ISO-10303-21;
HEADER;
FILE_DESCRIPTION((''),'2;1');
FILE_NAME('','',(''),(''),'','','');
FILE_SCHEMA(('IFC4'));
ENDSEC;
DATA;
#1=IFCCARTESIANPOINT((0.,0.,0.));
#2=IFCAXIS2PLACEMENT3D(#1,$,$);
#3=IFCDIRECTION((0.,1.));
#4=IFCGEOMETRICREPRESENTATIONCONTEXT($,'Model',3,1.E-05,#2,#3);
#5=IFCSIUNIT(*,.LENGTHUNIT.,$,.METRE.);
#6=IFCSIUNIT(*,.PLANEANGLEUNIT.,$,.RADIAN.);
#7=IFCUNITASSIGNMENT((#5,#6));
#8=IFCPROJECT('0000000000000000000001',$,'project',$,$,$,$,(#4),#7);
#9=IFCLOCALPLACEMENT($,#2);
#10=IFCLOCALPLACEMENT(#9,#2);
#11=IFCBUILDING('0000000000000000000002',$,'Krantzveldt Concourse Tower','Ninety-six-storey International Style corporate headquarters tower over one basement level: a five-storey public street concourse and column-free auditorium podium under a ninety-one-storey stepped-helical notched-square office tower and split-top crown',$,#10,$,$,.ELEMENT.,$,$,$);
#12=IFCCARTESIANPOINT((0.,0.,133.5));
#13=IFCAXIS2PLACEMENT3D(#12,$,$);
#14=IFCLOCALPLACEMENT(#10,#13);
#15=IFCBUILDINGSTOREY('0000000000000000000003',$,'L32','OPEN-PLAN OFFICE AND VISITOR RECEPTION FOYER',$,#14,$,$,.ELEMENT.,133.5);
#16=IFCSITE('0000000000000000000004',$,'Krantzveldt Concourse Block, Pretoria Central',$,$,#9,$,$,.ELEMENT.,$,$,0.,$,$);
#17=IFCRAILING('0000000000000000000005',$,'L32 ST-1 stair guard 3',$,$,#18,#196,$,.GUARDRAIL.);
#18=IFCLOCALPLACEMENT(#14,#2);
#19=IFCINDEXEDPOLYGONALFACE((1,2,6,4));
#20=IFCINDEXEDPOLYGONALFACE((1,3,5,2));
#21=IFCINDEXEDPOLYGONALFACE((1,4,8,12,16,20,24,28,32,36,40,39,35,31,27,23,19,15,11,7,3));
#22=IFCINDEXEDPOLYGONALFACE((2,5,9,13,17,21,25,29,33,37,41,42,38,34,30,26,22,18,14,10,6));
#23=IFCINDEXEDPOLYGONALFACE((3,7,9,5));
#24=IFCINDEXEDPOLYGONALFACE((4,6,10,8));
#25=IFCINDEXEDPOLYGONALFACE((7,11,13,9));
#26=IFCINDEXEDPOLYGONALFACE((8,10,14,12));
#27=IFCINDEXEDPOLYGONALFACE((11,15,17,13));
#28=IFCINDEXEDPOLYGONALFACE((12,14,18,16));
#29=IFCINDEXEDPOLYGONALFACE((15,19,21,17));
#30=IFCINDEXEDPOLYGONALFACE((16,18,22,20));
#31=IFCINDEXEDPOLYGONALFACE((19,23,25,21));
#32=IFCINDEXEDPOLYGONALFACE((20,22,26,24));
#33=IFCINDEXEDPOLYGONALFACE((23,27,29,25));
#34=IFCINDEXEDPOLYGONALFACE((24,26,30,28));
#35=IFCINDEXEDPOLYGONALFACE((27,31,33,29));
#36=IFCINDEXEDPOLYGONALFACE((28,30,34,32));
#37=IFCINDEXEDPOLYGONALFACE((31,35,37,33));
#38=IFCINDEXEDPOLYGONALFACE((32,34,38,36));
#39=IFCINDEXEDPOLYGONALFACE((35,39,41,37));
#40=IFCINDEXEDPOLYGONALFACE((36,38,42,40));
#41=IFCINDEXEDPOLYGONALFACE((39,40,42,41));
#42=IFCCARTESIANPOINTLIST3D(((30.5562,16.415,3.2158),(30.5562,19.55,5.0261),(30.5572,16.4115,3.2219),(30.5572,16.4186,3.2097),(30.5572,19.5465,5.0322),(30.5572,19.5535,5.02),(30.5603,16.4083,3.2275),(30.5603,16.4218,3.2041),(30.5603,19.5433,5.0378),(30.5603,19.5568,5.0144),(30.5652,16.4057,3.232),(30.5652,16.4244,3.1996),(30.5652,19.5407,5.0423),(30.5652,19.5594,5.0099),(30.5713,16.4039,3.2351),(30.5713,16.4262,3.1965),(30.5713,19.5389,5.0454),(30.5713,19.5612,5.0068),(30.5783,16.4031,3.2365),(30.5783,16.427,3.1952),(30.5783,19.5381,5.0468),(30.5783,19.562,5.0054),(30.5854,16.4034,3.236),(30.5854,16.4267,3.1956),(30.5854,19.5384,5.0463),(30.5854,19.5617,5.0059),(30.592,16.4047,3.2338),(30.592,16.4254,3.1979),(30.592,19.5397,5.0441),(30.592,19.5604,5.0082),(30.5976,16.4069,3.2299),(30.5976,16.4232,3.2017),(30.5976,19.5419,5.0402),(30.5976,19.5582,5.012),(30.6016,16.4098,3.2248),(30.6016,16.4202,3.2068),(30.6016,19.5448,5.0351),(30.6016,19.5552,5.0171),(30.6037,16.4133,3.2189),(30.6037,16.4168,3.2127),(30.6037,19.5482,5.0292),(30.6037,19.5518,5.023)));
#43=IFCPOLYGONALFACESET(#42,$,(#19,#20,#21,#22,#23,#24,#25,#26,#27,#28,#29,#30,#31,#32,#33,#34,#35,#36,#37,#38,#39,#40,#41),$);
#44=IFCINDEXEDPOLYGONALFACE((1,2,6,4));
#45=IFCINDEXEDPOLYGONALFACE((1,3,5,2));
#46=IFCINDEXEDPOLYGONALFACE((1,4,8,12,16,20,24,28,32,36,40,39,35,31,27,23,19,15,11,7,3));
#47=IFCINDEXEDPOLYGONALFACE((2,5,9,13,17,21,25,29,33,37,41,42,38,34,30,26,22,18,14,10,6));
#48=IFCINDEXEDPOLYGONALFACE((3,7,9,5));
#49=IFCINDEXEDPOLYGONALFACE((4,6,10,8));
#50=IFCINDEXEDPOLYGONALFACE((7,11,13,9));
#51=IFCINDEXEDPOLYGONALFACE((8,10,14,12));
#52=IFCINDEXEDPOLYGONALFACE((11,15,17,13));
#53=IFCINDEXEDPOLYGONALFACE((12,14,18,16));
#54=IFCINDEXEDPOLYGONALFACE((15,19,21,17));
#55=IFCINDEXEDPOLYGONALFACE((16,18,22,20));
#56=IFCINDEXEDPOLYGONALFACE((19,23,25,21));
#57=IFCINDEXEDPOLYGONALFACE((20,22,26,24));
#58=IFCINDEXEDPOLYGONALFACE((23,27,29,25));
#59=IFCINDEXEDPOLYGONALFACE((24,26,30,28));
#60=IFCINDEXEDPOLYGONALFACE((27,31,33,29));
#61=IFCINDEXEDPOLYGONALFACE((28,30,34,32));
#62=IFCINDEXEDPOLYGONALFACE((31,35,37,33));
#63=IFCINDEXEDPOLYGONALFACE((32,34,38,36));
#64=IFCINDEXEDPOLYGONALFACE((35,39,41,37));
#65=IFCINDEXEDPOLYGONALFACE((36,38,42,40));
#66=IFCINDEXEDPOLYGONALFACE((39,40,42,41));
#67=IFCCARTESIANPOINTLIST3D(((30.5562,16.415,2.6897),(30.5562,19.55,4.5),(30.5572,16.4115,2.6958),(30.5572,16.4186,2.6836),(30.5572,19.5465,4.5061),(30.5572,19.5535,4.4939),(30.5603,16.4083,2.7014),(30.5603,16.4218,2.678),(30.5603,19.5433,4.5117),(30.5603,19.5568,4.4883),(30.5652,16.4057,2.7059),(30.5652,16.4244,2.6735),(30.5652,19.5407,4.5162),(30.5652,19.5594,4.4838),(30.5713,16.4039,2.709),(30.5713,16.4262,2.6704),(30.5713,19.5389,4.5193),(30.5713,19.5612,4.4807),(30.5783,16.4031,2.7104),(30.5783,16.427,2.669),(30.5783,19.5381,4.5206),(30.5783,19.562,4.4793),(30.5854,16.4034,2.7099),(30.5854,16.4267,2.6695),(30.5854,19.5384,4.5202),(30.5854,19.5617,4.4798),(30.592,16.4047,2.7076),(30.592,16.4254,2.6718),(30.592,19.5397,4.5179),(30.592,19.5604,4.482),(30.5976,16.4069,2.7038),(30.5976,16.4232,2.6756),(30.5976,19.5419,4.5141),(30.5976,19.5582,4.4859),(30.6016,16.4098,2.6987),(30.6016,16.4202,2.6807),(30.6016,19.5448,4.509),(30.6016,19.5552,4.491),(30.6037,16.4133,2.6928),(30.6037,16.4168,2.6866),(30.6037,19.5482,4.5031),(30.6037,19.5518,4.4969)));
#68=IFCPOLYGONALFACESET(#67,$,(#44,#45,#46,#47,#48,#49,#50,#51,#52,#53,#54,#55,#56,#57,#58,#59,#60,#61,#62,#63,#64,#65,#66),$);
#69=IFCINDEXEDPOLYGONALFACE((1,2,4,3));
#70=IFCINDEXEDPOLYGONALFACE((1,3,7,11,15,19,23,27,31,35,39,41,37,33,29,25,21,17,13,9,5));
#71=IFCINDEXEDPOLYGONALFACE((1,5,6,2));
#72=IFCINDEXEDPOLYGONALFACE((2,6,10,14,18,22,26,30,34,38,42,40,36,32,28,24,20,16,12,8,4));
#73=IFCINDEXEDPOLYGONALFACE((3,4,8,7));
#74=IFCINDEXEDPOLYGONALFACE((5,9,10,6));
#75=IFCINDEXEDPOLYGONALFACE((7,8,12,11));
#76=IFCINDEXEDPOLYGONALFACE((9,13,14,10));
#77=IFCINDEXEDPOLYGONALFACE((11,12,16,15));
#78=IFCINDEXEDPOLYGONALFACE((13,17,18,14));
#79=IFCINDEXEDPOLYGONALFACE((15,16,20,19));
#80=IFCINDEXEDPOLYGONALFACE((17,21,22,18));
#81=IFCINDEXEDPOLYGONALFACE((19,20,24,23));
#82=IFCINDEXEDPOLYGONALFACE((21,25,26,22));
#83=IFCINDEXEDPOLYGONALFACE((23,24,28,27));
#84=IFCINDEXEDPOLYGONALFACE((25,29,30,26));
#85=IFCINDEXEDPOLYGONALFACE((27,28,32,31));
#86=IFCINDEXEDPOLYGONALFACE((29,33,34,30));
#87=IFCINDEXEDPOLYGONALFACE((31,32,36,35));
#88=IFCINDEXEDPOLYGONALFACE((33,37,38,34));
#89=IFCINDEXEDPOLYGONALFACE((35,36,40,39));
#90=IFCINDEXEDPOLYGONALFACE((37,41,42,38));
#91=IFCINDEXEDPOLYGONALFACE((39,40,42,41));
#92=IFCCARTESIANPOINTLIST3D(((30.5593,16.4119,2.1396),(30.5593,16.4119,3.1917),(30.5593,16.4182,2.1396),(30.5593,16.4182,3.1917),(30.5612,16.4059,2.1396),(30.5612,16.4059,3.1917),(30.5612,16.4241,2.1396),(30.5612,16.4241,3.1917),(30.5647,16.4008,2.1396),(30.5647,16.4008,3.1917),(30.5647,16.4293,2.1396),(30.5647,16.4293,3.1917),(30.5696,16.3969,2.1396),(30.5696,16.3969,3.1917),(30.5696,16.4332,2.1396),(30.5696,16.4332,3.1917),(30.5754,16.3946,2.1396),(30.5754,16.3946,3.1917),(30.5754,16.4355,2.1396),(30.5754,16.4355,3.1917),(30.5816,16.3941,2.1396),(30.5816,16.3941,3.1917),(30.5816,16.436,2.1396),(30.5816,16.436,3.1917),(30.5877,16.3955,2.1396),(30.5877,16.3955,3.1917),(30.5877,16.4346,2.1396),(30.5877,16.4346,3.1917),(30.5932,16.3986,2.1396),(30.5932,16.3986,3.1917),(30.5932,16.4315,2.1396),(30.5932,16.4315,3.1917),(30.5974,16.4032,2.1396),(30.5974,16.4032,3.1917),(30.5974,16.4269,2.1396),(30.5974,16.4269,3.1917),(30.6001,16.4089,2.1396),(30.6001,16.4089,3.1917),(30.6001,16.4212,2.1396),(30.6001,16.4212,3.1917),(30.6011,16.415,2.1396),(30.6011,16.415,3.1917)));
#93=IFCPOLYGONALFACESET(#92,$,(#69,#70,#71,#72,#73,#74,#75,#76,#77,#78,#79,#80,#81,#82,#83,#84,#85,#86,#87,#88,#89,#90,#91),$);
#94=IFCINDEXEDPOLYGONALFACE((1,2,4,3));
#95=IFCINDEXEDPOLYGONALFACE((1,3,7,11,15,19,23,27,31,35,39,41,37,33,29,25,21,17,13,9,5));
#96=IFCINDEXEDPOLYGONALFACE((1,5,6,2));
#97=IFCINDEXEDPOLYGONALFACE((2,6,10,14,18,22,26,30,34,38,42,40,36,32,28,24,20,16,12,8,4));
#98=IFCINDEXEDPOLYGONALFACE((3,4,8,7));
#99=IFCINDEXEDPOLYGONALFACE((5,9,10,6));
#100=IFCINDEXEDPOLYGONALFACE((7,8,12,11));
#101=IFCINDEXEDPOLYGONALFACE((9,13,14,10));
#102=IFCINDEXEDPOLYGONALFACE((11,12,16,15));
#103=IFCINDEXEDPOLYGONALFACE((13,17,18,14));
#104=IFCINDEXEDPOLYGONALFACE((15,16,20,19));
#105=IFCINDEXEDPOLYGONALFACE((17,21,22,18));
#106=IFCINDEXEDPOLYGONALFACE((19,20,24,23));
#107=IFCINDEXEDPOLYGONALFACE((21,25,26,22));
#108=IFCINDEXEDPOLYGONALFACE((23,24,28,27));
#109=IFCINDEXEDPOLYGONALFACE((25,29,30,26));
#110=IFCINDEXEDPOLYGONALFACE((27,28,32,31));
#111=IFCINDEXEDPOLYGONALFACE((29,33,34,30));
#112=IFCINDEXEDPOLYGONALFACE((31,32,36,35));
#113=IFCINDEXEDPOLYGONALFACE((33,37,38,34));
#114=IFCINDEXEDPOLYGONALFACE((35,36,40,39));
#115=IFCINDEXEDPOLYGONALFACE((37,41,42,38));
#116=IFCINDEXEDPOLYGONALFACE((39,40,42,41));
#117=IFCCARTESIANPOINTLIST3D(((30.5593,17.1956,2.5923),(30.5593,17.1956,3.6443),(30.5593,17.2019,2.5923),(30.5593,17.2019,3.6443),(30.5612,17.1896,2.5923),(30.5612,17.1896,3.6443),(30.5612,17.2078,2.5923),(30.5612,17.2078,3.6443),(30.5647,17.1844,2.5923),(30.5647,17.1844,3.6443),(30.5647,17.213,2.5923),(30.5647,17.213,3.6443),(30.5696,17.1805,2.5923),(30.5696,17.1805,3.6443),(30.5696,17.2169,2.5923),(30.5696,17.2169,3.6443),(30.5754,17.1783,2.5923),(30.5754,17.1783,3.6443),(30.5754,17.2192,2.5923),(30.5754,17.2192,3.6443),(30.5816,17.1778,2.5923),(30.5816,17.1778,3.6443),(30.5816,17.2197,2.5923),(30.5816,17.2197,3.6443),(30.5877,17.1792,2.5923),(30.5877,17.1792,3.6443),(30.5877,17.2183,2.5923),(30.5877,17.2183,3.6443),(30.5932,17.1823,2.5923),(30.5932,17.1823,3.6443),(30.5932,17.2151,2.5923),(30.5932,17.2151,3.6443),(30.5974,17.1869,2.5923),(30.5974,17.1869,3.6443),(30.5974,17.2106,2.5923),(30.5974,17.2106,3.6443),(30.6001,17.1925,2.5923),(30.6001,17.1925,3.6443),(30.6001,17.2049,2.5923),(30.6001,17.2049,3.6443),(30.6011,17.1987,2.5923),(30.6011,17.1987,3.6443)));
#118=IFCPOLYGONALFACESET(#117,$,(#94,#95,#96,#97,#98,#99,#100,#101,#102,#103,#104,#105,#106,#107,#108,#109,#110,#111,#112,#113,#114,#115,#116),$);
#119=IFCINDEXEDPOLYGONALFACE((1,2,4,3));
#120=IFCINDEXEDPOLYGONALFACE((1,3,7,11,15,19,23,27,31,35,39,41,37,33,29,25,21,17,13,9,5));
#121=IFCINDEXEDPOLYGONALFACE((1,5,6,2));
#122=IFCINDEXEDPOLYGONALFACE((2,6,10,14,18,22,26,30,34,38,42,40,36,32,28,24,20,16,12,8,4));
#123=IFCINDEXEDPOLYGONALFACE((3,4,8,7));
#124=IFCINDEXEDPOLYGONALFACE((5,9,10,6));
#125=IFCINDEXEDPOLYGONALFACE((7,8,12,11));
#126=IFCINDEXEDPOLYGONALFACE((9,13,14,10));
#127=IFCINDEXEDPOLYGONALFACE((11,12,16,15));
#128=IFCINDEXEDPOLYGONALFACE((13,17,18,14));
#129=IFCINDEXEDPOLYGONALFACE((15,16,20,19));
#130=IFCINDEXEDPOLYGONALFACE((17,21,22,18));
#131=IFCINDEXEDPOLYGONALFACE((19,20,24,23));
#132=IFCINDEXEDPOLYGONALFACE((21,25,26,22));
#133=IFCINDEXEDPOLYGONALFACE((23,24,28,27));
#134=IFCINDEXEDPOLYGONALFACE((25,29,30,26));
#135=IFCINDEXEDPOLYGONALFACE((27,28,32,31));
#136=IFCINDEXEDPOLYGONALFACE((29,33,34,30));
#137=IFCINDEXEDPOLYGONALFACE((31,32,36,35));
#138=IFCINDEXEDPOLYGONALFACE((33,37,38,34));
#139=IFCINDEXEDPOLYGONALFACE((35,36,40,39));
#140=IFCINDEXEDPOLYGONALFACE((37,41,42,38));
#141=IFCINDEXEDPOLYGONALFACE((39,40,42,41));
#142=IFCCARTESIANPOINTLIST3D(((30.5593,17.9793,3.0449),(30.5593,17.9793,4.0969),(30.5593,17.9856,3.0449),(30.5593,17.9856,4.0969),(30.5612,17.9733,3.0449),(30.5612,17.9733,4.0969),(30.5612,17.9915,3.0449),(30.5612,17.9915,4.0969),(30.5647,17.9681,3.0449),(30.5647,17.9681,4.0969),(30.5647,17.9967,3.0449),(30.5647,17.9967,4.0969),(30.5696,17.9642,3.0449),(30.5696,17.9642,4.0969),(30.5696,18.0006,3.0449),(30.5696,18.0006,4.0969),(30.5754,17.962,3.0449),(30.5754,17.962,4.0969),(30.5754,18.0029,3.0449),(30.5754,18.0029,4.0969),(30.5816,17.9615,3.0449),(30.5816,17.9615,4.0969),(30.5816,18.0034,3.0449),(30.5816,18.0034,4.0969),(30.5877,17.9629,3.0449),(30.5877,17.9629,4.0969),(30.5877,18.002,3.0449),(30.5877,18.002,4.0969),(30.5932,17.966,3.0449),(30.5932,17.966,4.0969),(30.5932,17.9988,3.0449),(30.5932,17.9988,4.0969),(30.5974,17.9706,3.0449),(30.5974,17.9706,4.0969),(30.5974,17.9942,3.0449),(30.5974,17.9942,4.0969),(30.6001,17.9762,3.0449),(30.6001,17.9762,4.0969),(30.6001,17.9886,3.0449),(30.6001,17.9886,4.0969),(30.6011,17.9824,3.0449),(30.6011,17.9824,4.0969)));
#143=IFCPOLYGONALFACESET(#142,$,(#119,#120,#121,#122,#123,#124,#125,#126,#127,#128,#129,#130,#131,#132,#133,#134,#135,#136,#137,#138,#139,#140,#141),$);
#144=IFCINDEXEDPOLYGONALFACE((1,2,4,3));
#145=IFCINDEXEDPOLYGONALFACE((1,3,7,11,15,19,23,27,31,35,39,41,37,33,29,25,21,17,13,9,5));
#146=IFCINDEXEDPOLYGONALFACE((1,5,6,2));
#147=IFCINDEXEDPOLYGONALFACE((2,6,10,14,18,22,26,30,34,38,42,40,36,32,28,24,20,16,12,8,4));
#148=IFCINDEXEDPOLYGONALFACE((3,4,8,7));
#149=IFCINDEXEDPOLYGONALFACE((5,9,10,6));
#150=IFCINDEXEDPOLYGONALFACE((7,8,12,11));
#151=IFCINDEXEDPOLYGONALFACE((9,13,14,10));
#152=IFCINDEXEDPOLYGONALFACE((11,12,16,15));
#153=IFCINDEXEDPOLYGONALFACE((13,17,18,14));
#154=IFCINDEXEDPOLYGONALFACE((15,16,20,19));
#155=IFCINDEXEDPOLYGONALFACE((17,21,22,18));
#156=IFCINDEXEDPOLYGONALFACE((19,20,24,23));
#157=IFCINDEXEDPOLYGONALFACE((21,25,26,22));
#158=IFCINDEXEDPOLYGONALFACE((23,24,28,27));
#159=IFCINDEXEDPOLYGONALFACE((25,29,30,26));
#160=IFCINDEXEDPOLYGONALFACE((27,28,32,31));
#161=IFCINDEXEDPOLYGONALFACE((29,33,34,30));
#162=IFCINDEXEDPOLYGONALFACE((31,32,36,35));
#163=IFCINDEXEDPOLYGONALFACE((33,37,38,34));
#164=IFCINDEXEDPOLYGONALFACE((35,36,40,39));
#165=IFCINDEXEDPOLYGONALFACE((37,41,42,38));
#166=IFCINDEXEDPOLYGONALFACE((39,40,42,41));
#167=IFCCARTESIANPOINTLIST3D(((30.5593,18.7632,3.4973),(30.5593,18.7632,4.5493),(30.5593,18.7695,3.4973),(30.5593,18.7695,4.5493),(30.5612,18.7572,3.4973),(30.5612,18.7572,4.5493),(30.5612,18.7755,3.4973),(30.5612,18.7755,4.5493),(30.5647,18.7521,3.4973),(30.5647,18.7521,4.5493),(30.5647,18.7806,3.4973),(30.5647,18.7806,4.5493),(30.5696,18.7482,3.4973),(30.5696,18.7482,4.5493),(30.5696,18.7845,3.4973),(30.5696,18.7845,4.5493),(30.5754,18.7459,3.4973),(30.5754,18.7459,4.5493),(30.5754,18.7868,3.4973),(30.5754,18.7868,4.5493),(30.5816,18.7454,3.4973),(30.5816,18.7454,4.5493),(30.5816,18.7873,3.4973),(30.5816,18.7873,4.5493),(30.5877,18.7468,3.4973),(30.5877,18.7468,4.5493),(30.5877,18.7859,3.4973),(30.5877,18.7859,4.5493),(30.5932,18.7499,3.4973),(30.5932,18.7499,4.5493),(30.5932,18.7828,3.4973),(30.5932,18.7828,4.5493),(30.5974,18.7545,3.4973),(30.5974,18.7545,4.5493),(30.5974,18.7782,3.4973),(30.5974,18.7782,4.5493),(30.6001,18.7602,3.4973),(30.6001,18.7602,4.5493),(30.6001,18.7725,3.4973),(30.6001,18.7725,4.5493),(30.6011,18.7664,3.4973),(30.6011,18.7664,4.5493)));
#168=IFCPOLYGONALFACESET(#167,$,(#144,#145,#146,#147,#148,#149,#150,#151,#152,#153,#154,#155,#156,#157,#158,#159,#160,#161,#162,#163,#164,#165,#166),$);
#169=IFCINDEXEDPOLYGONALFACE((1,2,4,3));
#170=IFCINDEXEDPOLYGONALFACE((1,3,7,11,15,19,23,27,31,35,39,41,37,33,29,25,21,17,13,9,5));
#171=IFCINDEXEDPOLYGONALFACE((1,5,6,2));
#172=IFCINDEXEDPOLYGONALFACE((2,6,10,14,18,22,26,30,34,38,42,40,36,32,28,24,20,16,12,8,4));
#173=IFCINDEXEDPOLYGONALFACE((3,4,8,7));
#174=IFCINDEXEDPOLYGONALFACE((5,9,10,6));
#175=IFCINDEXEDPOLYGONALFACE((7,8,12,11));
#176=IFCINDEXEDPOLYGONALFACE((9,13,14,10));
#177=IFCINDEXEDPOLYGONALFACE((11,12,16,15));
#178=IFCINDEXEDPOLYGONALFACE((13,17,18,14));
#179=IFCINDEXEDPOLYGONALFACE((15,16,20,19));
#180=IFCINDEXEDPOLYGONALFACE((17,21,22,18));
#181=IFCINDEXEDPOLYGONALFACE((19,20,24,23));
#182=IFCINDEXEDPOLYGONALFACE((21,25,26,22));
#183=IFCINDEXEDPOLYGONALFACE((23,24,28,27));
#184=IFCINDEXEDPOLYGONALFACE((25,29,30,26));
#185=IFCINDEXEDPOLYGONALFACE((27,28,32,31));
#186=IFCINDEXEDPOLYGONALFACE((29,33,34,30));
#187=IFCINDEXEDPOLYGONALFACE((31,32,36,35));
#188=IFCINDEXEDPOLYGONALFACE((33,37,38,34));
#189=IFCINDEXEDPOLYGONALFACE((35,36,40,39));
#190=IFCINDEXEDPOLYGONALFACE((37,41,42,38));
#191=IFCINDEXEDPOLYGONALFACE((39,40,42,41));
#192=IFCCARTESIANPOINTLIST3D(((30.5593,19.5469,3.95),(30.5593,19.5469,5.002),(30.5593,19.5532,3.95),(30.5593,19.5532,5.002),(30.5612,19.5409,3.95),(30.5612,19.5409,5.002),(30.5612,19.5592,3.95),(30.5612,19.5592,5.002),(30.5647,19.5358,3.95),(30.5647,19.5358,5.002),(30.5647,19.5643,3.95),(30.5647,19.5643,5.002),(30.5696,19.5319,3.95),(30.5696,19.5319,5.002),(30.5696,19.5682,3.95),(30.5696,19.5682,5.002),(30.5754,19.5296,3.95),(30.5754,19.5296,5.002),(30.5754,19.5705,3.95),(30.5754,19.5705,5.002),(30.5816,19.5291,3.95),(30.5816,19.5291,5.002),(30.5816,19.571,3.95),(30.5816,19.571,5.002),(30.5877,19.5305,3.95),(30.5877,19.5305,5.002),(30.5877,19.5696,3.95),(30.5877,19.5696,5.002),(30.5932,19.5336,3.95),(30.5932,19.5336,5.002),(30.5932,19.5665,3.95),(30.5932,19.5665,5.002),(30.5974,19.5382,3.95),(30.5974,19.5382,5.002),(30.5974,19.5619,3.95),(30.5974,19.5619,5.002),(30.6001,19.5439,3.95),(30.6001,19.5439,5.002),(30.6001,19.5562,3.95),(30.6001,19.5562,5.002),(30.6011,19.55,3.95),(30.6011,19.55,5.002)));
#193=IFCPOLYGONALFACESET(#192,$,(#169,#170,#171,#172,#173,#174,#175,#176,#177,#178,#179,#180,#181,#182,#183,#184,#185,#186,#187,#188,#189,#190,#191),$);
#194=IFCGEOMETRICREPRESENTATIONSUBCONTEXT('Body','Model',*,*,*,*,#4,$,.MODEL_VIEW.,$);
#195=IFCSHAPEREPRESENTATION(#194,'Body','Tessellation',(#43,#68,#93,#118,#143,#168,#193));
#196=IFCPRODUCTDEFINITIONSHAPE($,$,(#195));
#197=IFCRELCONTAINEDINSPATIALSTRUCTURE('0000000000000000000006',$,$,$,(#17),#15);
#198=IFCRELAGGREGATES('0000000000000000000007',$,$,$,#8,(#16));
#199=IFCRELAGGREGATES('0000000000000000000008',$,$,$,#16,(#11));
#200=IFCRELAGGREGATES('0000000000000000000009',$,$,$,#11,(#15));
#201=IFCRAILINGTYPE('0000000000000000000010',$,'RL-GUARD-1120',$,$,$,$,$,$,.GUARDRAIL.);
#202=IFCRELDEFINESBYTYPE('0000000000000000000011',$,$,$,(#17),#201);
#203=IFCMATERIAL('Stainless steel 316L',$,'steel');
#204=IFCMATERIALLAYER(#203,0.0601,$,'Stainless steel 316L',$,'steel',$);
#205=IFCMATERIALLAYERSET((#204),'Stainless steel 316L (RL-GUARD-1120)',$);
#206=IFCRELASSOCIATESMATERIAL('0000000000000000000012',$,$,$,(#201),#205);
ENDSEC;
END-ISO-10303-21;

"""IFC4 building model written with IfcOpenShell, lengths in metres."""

from ifc_helpers import new_model, si_unit, direction, frame, origin, origin_2d, place, context, subcontext, project, spatial, circle, extrude, material, layer, layer_set, type_object, element, save


model = new_model("IFC4")

# Units and contexts
model_context = context("Model", 3, precision=1e-05, world=origin(), true_north=direction((0.0, 1.0)))
body_context = subcontext(model_context, "Body", "Model", "MODEL_VIEW")
ifc_project = project(units=[si_unit("LENGTHUNIT", "METRE"), si_unit("PLANEANGLEUNIT", "RADIAN")], contexts=[model_context])

# Site, building, storey
site_placement = place(None, origin())
site = spatial("IfcSite", under=ifc_project, at=site_placement, Name="Krantzveldt Concourse Block, Pretoria Central", CompositionType="ELEMENT", RefElevation=0.0)
building_placement = place(site_placement, origin())
building = spatial("IfcBuilding", under=site, at=building_placement, Name="Krantzveldt Concourse Tower", Description="Ninety-six-storey International Style corporate headquarters tower over one basement level: a five-storey public street concourse and column-free auditorium podium under a ninety-one-storey stepped-helical notched-square office tower and split-top crown", CompositionType="ELEMENT")
storey_placement = place(building_placement, frame((0.0, 0.0, 133.5)))
storey = spatial("IfcBuildingStorey", under=building, at=storey_placement, Name="L32", Description="OPEN-PLAN OFFICE AND VISITOR RECEPTION FOYER", CompositionType="ELEMENT", Elevation=133.5)

# Shared definitions
ifc_material_1 = material(Name="Stainless steel 316L", Category="steel")

# Railing
ifc_layer_1 = layer(ifc_material_1, 0.0601, Name="Stainless steel 316L", Category="steel")
ifc_layer_set_1 = layer_set([ifc_layer_1], Name="Stainless steel 316L (RL-GUARD-1120)")
railing_type_1 = type_object("IfcRailingType", Name="RL-GUARD-1120", PredefinedType="GUARDRAIL", material=ifc_layer_set_1)
railing_1_placement = place(storey_placement, frame((30.5801, 16.415, 2.1396)))
element("IfcRailing", 1, at=railing_1_placement, inside=storey, type_object=railing_type_1, Name="L32 ST-1 stair guard 3", PredefinedType="GUARDRAIL", context=body_context, shape_type="SweptSolid", body=[
    extrude(circle(Radius=0.0239, at=origin_2d()), frame((0.0, 0.0, 1.0762), z_axis=(0.0, 0.865989, 0.500063), x_axis=(-1.0, 0.0, 0.0)), (0.0, 0.0, 1.0), 3.6201),
    extrude(circle(Radius=0.0239, at=origin_2d()), frame((0.0, 0.0, 0.55), z_axis=(0.0, 0.865989, 0.500063), x_axis=(-1.0, 0.0, 0.0)), (0.0, 0.0, 1.0), 3.6201),
    extrude(circle(Radius=0.021, at=origin_2d()), origin(), (0.0, 0.0, 1.0), 1.052),
    extrude(circle(Radius=0.021, at=origin_2d()), frame((0.0, 0.7837, 0.4526)), (0.0, 0.0, 1.0), 1.052),
    extrude(circle(Radius=0.021, at=origin_2d()), frame((0.0, 1.5674, 0.9053)), (0.0, 0.0, 1.0), 1.052),
    extrude(circle(Radius=0.021, at=origin_2d()), frame((0.0, 2.3513, 1.3577)), (0.0, 0.0, 1.0), 1.052),
    extrude(circle(Radius=0.021, at=origin_2d()), frame((0.0, 3.135, 1.8103)), (0.0, 0.0, 1.0), 1.052),
])

save(model, "model.ifc")
